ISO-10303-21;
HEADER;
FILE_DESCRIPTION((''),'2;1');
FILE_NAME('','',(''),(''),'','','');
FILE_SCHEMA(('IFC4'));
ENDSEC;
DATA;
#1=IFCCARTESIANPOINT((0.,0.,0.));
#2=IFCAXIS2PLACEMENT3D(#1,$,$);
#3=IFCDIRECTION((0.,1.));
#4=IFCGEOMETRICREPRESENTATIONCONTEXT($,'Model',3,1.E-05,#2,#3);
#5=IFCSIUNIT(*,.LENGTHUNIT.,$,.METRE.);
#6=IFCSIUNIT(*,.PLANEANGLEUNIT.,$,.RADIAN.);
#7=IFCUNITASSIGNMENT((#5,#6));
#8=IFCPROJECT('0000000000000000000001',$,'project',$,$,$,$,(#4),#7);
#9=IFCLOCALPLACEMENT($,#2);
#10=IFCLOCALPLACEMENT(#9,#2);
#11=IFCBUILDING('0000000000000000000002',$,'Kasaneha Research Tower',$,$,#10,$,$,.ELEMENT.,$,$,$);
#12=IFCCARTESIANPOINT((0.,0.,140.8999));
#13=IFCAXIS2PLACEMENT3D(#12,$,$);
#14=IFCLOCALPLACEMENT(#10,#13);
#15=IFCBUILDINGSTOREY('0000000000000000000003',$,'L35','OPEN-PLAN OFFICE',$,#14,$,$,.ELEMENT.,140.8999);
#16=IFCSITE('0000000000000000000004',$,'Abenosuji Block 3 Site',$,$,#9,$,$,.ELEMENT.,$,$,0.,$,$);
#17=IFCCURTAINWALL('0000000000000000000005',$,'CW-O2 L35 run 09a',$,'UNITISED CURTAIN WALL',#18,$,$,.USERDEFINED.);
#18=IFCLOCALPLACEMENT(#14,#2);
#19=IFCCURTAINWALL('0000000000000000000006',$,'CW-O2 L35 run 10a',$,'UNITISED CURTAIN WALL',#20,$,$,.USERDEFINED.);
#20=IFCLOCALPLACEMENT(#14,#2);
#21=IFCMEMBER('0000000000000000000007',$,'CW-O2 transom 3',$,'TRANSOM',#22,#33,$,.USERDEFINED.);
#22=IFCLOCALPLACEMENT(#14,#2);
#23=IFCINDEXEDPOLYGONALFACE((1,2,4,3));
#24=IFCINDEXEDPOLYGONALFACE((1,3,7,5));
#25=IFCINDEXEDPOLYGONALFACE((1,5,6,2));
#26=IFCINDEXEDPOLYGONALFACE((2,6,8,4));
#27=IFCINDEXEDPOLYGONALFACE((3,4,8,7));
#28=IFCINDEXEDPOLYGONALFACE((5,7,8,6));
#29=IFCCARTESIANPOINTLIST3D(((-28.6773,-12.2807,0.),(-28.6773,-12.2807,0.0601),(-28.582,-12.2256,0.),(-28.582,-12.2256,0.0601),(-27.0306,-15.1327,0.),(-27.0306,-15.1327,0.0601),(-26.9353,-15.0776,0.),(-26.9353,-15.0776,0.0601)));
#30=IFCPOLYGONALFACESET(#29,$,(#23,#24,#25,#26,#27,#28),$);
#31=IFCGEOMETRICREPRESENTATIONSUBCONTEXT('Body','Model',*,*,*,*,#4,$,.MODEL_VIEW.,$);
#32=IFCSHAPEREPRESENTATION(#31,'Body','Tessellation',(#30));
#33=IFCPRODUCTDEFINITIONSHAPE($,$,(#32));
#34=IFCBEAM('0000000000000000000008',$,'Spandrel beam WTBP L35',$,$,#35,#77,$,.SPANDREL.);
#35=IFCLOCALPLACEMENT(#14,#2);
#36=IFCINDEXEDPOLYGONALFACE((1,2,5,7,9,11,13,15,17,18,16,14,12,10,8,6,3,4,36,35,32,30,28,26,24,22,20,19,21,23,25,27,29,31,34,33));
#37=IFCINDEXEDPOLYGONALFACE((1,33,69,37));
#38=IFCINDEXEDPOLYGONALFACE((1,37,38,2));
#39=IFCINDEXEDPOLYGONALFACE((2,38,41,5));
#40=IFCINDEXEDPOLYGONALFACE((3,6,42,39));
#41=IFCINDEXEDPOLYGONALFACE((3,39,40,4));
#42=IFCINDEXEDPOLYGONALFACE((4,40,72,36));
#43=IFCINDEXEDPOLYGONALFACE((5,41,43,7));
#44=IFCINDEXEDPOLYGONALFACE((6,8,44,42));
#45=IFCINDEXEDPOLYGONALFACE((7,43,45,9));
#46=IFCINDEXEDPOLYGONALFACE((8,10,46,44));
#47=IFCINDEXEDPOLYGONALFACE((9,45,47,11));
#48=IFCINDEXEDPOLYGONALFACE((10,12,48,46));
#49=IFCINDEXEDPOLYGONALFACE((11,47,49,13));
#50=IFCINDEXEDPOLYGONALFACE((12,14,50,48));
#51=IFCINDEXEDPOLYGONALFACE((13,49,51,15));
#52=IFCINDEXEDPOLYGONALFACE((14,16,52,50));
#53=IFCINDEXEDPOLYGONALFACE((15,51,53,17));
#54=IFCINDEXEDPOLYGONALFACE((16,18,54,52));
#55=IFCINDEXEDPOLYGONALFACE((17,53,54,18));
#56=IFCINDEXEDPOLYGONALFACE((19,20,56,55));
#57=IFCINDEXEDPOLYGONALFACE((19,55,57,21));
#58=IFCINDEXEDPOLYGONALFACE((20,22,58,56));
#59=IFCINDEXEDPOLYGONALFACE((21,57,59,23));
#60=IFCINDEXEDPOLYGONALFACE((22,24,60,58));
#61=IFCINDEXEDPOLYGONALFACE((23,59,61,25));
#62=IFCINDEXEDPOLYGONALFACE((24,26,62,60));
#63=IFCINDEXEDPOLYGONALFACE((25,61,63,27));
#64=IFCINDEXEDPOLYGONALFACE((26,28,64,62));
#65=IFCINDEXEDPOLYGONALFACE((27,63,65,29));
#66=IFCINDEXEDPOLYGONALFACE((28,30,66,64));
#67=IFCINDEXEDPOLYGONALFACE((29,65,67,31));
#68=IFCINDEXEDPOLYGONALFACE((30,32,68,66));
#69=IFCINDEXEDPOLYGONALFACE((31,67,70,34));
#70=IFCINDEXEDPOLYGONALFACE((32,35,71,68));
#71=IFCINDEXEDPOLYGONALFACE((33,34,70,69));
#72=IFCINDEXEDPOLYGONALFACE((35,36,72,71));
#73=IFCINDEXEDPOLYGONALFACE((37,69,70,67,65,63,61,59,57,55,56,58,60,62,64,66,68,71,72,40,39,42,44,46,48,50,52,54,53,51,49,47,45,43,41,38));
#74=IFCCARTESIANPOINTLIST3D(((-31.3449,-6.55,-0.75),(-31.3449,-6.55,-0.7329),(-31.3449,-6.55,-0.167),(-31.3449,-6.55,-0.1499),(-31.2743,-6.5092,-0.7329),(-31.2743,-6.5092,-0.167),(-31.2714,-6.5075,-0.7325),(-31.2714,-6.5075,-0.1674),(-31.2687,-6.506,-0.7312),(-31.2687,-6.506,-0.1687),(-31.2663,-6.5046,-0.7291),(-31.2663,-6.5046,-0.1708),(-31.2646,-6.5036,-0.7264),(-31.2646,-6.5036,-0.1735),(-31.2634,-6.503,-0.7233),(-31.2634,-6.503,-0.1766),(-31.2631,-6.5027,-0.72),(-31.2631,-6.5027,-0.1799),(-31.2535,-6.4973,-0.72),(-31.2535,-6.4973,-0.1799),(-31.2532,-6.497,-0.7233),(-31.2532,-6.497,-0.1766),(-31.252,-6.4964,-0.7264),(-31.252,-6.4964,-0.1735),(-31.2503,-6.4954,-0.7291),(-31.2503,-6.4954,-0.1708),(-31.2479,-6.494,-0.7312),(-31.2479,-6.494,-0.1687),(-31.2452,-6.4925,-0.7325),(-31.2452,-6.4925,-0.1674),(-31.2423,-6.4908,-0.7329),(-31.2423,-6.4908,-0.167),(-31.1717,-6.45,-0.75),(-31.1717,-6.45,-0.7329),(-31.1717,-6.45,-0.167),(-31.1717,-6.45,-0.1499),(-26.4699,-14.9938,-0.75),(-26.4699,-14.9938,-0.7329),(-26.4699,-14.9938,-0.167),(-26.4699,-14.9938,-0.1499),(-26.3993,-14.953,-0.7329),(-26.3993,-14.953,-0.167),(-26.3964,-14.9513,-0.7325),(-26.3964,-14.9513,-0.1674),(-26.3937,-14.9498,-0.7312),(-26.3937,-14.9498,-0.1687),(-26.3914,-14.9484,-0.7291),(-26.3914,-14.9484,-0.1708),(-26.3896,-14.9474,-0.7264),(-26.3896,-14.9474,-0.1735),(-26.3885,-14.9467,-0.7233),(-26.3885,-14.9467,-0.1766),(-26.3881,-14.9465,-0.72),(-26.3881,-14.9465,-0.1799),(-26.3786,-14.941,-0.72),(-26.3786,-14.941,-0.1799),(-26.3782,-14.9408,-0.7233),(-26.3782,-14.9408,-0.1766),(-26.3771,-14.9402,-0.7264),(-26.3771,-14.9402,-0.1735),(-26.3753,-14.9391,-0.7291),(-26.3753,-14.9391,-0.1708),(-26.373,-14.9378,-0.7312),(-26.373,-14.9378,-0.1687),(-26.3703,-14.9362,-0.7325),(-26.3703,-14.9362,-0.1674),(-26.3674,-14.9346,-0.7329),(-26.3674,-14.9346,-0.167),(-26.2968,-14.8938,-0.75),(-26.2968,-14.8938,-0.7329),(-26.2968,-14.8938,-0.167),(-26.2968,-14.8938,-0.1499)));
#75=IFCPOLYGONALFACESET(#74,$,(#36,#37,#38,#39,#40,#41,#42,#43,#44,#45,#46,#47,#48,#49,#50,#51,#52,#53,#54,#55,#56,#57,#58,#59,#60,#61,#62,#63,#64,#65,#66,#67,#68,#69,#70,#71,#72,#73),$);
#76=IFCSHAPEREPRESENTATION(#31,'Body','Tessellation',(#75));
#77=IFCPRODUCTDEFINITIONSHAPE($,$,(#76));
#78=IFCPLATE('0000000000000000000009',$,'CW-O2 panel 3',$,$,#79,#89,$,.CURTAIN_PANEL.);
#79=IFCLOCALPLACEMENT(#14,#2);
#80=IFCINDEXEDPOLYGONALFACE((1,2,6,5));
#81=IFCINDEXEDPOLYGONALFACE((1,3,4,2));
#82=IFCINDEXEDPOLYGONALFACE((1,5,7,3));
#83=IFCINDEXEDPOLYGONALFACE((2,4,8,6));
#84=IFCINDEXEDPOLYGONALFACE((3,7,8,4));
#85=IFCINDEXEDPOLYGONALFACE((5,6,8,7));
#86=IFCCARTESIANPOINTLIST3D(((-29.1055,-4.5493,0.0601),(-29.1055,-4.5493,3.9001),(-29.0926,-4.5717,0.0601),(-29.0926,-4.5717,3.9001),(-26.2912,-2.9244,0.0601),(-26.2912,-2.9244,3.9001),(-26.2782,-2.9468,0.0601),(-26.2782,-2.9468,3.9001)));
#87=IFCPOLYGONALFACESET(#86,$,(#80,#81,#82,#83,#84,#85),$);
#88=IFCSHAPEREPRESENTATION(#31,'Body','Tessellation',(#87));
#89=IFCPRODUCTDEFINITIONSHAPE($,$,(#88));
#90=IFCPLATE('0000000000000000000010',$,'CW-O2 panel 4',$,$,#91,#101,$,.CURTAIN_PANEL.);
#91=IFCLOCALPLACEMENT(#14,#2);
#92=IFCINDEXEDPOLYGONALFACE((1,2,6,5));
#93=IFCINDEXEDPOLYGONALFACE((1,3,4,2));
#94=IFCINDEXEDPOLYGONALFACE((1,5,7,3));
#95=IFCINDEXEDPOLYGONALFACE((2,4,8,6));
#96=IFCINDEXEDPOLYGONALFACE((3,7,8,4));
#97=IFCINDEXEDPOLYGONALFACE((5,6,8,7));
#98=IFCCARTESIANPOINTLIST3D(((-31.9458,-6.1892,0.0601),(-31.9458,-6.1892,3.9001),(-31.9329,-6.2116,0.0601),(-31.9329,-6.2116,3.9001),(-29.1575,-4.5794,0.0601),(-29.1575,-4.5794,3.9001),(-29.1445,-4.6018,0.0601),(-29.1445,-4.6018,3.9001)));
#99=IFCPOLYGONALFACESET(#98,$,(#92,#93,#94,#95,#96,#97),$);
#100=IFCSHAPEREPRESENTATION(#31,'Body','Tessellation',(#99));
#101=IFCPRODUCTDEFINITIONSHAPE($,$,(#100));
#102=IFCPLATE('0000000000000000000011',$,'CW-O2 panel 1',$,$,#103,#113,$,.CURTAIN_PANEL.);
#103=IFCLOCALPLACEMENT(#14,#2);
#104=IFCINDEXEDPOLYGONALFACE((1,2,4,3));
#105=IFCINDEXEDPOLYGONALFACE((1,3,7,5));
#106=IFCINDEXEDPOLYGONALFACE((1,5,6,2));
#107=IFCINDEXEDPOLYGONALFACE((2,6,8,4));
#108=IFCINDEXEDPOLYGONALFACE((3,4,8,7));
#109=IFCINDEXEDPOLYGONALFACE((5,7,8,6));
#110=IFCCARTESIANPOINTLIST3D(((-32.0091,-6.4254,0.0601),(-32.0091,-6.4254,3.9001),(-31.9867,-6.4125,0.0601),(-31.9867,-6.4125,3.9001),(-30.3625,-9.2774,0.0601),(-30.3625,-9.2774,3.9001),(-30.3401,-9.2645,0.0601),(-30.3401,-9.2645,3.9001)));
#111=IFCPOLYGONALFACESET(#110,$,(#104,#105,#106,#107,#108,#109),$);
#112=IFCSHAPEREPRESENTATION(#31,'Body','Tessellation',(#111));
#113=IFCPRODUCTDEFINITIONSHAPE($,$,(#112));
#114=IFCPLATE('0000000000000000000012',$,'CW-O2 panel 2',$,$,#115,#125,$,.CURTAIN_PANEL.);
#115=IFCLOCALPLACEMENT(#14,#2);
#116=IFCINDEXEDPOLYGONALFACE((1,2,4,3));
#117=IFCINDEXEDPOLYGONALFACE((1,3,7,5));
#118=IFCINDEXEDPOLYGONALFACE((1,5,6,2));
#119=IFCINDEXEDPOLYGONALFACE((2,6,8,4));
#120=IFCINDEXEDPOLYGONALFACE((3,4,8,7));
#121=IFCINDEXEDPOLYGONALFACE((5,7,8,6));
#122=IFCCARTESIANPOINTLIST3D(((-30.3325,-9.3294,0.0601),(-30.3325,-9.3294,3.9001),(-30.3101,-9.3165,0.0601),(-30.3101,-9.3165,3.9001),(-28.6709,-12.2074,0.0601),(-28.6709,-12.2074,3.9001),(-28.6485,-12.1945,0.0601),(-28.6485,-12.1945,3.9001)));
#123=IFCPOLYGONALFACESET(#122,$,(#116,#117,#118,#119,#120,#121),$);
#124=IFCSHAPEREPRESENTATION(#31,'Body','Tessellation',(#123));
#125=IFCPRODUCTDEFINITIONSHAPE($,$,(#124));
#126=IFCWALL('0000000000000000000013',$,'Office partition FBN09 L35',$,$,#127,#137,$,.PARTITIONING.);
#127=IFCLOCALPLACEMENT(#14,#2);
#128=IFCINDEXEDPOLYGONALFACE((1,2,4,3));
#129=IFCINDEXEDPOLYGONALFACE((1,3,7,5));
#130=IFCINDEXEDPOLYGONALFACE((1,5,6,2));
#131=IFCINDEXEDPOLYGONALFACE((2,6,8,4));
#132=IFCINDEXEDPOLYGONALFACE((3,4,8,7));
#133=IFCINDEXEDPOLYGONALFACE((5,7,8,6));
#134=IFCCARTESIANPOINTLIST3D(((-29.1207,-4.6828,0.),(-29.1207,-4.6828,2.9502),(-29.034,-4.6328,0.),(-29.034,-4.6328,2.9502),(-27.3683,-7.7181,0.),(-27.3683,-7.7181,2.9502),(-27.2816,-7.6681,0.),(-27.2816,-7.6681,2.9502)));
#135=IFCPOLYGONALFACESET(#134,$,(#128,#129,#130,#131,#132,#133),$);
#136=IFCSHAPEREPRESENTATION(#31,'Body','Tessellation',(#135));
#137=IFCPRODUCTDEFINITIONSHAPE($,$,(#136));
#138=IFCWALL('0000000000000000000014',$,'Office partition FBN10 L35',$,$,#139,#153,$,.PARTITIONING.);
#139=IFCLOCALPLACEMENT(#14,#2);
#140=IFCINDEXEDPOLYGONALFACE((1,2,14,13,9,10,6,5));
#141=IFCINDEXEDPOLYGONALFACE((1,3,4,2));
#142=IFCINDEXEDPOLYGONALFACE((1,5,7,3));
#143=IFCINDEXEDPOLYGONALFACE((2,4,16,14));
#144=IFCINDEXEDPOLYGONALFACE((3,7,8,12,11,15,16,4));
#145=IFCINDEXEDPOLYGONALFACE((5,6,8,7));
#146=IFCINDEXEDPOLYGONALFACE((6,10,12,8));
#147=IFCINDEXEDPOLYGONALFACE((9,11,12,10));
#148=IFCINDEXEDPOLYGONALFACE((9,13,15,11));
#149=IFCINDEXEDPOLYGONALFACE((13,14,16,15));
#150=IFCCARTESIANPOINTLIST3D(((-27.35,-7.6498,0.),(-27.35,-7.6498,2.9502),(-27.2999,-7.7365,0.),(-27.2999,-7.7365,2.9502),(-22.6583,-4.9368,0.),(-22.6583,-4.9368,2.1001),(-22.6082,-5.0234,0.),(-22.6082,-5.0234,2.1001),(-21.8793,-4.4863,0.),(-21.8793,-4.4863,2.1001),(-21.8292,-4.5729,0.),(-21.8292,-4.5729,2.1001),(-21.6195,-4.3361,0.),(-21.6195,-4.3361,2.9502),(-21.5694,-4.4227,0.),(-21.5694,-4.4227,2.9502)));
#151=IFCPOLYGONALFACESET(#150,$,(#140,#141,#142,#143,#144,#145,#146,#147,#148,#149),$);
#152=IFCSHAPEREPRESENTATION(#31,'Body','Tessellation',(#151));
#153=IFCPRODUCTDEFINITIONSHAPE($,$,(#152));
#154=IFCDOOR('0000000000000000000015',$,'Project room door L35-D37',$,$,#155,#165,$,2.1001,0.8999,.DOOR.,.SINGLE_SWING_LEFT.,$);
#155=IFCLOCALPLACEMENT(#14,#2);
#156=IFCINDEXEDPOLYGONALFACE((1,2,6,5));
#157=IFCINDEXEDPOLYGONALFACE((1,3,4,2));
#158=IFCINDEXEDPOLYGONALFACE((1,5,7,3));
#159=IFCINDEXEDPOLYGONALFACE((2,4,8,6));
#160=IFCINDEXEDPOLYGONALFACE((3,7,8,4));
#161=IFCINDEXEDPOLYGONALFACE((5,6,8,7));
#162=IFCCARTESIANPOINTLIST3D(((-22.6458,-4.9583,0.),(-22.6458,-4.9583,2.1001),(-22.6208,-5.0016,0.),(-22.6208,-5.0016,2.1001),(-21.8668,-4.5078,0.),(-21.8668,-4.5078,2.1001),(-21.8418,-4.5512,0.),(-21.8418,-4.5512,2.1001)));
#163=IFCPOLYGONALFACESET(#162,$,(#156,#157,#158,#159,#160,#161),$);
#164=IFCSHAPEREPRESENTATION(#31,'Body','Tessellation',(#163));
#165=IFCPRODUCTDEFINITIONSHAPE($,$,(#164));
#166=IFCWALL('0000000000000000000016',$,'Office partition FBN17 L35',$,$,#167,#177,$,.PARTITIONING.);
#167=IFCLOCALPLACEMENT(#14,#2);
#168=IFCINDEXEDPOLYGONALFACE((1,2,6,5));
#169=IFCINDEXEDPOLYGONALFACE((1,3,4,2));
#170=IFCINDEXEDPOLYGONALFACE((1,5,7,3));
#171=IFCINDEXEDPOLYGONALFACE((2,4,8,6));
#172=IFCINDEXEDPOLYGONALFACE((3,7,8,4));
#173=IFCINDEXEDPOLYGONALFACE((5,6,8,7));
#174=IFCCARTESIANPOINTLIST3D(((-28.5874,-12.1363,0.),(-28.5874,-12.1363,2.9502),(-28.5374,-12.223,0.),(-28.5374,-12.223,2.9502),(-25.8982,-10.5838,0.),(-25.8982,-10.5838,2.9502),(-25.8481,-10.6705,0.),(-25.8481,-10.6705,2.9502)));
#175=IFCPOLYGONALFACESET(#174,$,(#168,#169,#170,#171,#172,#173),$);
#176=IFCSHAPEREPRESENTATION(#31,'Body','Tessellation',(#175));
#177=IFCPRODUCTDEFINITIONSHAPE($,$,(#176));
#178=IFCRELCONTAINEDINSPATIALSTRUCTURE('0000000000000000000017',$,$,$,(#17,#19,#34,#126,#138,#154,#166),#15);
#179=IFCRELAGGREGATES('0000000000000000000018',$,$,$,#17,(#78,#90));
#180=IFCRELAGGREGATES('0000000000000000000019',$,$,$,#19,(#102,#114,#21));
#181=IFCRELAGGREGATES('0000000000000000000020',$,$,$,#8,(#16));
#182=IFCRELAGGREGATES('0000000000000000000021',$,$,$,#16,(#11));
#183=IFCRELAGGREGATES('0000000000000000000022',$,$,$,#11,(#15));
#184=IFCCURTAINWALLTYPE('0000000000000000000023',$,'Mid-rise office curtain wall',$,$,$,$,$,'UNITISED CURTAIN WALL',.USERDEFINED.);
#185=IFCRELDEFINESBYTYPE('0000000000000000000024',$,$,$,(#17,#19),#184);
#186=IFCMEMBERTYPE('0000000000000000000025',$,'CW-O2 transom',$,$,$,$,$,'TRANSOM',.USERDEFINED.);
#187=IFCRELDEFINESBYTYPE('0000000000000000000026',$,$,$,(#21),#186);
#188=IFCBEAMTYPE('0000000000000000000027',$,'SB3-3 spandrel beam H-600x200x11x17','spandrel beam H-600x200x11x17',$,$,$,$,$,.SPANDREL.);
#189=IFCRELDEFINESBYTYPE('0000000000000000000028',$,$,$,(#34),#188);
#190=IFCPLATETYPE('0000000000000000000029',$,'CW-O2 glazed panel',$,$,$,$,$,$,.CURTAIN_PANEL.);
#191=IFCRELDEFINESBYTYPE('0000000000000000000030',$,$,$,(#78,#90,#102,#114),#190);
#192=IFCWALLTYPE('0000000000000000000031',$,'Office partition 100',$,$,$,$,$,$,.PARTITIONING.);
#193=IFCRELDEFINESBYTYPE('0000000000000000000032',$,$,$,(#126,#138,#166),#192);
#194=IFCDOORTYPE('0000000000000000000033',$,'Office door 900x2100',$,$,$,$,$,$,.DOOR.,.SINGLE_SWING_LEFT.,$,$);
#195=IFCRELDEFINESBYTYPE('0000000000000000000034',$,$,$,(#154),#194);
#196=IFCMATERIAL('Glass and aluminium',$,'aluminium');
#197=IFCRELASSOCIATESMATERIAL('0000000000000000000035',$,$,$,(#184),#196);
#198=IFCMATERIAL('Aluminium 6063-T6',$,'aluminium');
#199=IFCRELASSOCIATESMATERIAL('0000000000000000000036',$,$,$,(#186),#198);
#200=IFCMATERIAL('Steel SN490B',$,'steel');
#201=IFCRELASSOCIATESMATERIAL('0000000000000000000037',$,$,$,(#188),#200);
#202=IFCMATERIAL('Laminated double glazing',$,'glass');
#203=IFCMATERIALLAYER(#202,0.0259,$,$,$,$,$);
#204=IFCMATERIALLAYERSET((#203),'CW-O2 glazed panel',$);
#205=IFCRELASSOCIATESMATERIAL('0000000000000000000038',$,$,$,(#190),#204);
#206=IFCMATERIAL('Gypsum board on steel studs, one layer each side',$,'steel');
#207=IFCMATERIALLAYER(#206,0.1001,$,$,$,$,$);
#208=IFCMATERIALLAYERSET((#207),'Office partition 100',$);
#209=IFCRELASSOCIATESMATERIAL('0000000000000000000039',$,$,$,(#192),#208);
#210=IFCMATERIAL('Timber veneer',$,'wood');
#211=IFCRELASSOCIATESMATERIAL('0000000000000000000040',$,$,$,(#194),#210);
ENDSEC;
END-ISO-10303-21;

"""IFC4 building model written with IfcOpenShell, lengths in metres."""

from ifc_helpers import new_model, si_unit, direction, frame, frame_2d, origin, origin_2d, place, context, subcontext, project, spatial, rectangle, i_section, extrude, material, layer, layer_set, material_profile, profile_set, type_object, element, fill, aggregate, save


model = new_model("IFC4")

# Units and contexts
model_context = context("Model", 3, precision=1e-05, world=origin(), true_north=direction((0.0, 1.0)))
body_context = subcontext(model_context, "Body", "Model", "MODEL_VIEW")
ifc_project = project(units=[si_unit("LENGTHUNIT", "METRE"), si_unit("PLANEANGLEUNIT", "RADIAN")], contexts=[model_context])

# Site, building, storey
site_placement = place(None, origin())
site = spatial("IfcSite", under=ifc_project, at=site_placement, Name="Abenosuji Block 3 Site", CompositionType="ELEMENT", RefElevation=0.0)
building_placement = place(site_placement, origin())
building = spatial("IfcBuilding", under=site, at=building_placement, Name="Kasaneha Research Tower", CompositionType="ELEMENT")
storey_placement = place(building_placement, frame((0.0, 0.0, 140.8999)))
storey = spatial("IfcBuildingStorey", under=building, at=storey_placement, Name="L35", Description="OPEN-PLAN OFFICE", CompositionType="ELEMENT", Elevation=140.8999)

# Curtain walls
ifc_material_1 = material(Name="Glass and aluminium", Category="aluminium")
curtain_wall_type = type_object("IfcCurtainWallType", Name="Mid-rise office curtain wall", ElementType="UNITISED CURTAIN WALL", PredefinedType="USERDEFINED", material=ifc_material_1)
curtain_wall_1_placement = place(storey_placement, origin())
curtain_wall_1 = element("IfcCurtainWall", 1, at=curtain_wall_1_placement, inside=storey, type_object=curtain_wall_type, Name="CW-O2 L35 run 09a", ObjectType="UNITISED CURTAIN WALL", PredefinedType="USERDEFINED")
curtain_wall_2_placement = place(storey_placement, origin())
curtain_wall_2 = element("IfcCurtainWall", 2, at=curtain_wall_2_placement, inside=storey, type_object=curtain_wall_type, Name="CW-O2 L35 run 10a", ObjectType="UNITISED CURTAIN WALL", PredefinedType="USERDEFINED")

# Member
ifc_material_2 = material(Name="Aluminium 6063-T6", Category="aluminium")
ifc_material_profile_1 = material_profile(ifc_material_2, rectangle(XDim=0.1101, YDim=0.0601, at=origin_2d()), Name="CW-O2 transom 110x60")
ifc_profile_set_1 = profile_set([ifc_material_profile_1], Name="Aluminium 6063-T6")
member_type_1 = type_object("IfcMemberType", Name="CW-O2 transom", ElementType="TRANSOM", PredefinedType="USERDEFINED", material=ifc_profile_set_1)
member_1_placement = place(storey_placement, frame((-28.6296, -12.2532, 0.03), z_axis=(0.500022, -0.866013, 0.0), x_axis=(0.866013, 0.500022, 0.0)))
member_1 = element("IfcMember", 3, at=member_1_placement, type_object=member_type_1, Name="CW-O2 transom 3", ObjectType="TRANSOM", PredefinedType="USERDEFINED", context=body_context, shape_type="SweptSolid", body=[
    extrude(rectangle(XDim=0.1101, YDim=0.0601, at=origin_2d()), origin(), (0.0, 0.0, 1.0), 3.2932),
])

# Beam
ifc_material_3 = material(Name="Steel SN490B", Category="steel")
ifc_material_profile_2 = material_profile(ifc_material_3, i_section(OverallWidth=0.2, OverallDepth=0.6001, WebThickness=0.011, FlangeThickness=0.0171, FilletRadius=0.0129, at=origin_2d()), Name="H-600x200x11x17")
ifc_profile_set_2 = profile_set([ifc_material_profile_2], Name="Steel SN490B")
beam_type_1 = type_object("IfcBeamType", Name="SB3-3 spandrel beam H-600x200x11x17", Description="spandrel beam H-600x200x11x17", PredefinedType="SPANDREL", material=ifc_profile_set_2)
beam_1_placement = place(storey_placement, frame((-31.2583, -6.5, -0.45), z_axis=(0.499996, -0.866028, 0.0), x_axis=(0.866028, 0.499996, 0.0)))
element("IfcBeam", 4, at=beam_1_placement, inside=storey, type_object=beam_type_1, Name="Spandrel beam WTBP L35", PredefinedType="SPANDREL", context=body_context, shape_type="SweptSolid", body=[
    extrude(i_section(OverallWidth=0.2, OverallDepth=0.6001, WebThickness=0.011, FlangeThickness=0.0171, FilletRadius=0.0129, at=origin_2d()), origin(), (0.0, 0.0, 1.0), 9.75),
])

# Plates
ifc_material_4 = material(Name="Laminated double glazing", Category="glass")
ifc_layer_1 = layer(ifc_material_4, 0.0259)
ifc_layer_set_1 = layer_set([ifc_layer_1], Name="CW-O2 glazed panel")
plate_type = type_object("IfcPlateType", Name="CW-O2 glazed panel", PredefinedType="CURTAIN_PANEL", material=ifc_layer_set_1)
plate_1_placement = place(storey_placement, frame((-27.6919, -3.748, 0.0601), z_axis=(0.0, 0.0, 1.0), x_axis=(-0.866025, -0.5, 0.0)))
plate_1 = element("IfcPlate", 5, at=plate_1_placement, type_object=plate_type, Name="CW-O2 panel 3", PredefinedType="CURTAIN_PANEL", context=body_context, shape_type="SweptSolid", body=[
    extrude(rectangle(XDim=3.2498, YDim=0.0259, at=origin_2d()), origin(), (0.0, 0.0, 1.0), 3.8401),
])
plate_2_placement = place(storey_placement, frame((-30.5452, -5.3955, 0.0601), z_axis=(0.0, 0.0, 1.0), x_axis=(-0.866025, -0.5, 0.0)))
plate_2 = element("IfcPlate", 6, at=plate_2_placement, type_object=plate_type, Name="CW-O2 panel 4", PredefinedType="CURTAIN_PANEL", context=body_context, shape_type="SweptSolid", body=[
    extrude(rectangle(XDim=3.2197, YDim=0.0259, at=origin_2d()), origin(), (0.0, 0.0, 1.0), 3.8401),
])
aggregate(curtain_wall_1, [plate_1, plate_2])
plate_3_placement = place(storey_placement, frame((-31.1746, -7.845, 0.0601), z_axis=(0.0, 0.0, 1.0), x_axis=(0.5, -0.866025, 0.0)))
plate_3 = element("IfcPlate", 7, at=plate_3_placement, type_object=plate_type, Name="CW-O2 panel 1", PredefinedType="CURTAIN_PANEL", context=body_context, shape_type="SweptSolid", body=[
    extrude(rectangle(XDim=3.2932, YDim=0.0259, at=origin_2d()), origin(), (0.0, 0.0, 1.0), 3.8401),
])
plate_4_placement = place(storey_placement, frame((-29.4905, -10.762, 0.0601), z_axis=(0.0, 0.0, 1.0), x_axis=(0.5, -0.866025, 0.0)))
plate_4 = element("IfcPlate", 8, at=plate_4_placement, type_object=plate_type, Name="CW-O2 panel 2", PredefinedType="CURTAIN_PANEL", context=body_context, shape_type="SweptSolid", body=[
    extrude(rectangle(XDim=3.3232, YDim=0.0259, at=origin_2d()), origin(), (0.0, 0.0, 1.0), 3.8401),
])
aggregate(curtain_wall_2, [plate_3, plate_4, member_1])

# Wall
ifc_material_5 = material(Name="Gypsum board on steel studs, one layer each side", Category="steel")
ifc_layer_2 = layer(ifc_material_5, 0.1001)
ifc_layer_set_2 = layer_set([ifc_layer_2], Name="Office partition 100")
wall_type_1 = type_object("IfcWallType", Name="Office partition 100", PredefinedType="PARTITIONING", material=ifc_layer_set_2)
wall_1_placement = place(storey_placement, frame((-27.325, -7.6931, 0.0), z_axis=(0.0, 0.0, 1.0), x_axis=(-0.49999, 0.866031, 0.0)))
element("IfcWall", 9, at=wall_1_placement, inside=storey, type_object=wall_type_1, Name="Office partition FBN09 L35", PredefinedType="PARTITIONING", context=body_context, shape_type="SweptSolid", body=[
    extrude(rectangle(XDim=3.5049, YDim=0.1001, at=frame_2d((1.7524, 0.0))), origin(), (0.0, 0.0, 1.0), 2.9502),
])

# Wall, opening, door
wall_2_placement = place(storey_placement, frame((-21.5945, -4.3794, 0.0), z_axis=(0.0, 0.0, 1.0), x_axis=(-0.865683, -0.500593, 0.0)))
wall_2 = element("IfcWall", 10, at=wall_2_placement, inside=storey, type_object=wall_type_1, Name="Office partition FBN10 L35", PredefinedType="PARTITIONING", context=body_context, shape_type="SweptSolid", body=[
    extrude(rectangle(XDim=6.6196, YDim=0.1001, at=frame_2d((3.3098, 0.0))), origin(), (0.0, 0.0, 1.0), 2.9502),
])
opening_1_placement = place(wall_2_placement, frame((0.3, 0.0, 0.0)))
opening_1 = element("IfcOpeningElement", 11, at=opening_1_placement, cuts=wall_2, PredefinedType="OPENING", context=body_context, shape_type="SweptSolid", body=[
    extrude(rectangle(XDim=0.8999, YDim=2.1001, at=frame_2d((0.45, 1.05))), frame((0.0, 0.0601, 0.0), z_axis=(0.0, -1.0, 0.0), x_axis=(1.0, 0.0, 0.0)), (0.0, 0.0, 1.0), 0.1201),
])
ifc_material_6 = material(Name="Timber veneer", Category="wood")
door_type_1 = type_object("IfcDoorType", Name="Office door 900x2100", OperationType="SINGLE_SWING_LEFT", PredefinedType="DOOR", material=ifc_material_6)
door_1_placement = place(opening_1_placement, origin())
door_1 = element("IfcDoor", 12, at=door_1_placement, inside=storey, type_object=door_type_1, Name="Project room door L35-D37", OperationType="SINGLE_SWING_LEFT", OverallHeight=2.1001, OverallWidth=0.8999, PredefinedType="DOOR", context=body_context, shape_type="SweptSolid", body=[
    extrude(rectangle(XDim=0.8999, YDim=2.1001, at=frame_2d((0.45, 1.05))), frame((0.0, 0.0249, 0.0), z_axis=(0.0, -1.0, 0.0), x_axis=(1.0, 0.0, 0.0)), (0.0, 0.0, 1.0), 0.05),
])
fill(opening_1, door_1)

# Wall
wall_3_placement = place(storey_placement, frame((-28.5625, -12.1797, 0.0), z_axis=(0.0, 0.0, 1.0), x_axis=(0.866043, 0.49997, 0.0)))
element("IfcWall", 13, at=wall_3_placement, inside=storey, type_object=wall_type_1, Name="Office partition FBN17 L35", PredefinedType="PARTITIONING", context=body_context, shape_type="SweptSolid", body=[
    extrude(rectangle(XDim=3.1052, YDim=0.1001, at=frame_2d((1.5527, 0.0))), origin(), (0.0, 0.0, 1.0), 2.9502),
])

save(model, "model.ifc")
